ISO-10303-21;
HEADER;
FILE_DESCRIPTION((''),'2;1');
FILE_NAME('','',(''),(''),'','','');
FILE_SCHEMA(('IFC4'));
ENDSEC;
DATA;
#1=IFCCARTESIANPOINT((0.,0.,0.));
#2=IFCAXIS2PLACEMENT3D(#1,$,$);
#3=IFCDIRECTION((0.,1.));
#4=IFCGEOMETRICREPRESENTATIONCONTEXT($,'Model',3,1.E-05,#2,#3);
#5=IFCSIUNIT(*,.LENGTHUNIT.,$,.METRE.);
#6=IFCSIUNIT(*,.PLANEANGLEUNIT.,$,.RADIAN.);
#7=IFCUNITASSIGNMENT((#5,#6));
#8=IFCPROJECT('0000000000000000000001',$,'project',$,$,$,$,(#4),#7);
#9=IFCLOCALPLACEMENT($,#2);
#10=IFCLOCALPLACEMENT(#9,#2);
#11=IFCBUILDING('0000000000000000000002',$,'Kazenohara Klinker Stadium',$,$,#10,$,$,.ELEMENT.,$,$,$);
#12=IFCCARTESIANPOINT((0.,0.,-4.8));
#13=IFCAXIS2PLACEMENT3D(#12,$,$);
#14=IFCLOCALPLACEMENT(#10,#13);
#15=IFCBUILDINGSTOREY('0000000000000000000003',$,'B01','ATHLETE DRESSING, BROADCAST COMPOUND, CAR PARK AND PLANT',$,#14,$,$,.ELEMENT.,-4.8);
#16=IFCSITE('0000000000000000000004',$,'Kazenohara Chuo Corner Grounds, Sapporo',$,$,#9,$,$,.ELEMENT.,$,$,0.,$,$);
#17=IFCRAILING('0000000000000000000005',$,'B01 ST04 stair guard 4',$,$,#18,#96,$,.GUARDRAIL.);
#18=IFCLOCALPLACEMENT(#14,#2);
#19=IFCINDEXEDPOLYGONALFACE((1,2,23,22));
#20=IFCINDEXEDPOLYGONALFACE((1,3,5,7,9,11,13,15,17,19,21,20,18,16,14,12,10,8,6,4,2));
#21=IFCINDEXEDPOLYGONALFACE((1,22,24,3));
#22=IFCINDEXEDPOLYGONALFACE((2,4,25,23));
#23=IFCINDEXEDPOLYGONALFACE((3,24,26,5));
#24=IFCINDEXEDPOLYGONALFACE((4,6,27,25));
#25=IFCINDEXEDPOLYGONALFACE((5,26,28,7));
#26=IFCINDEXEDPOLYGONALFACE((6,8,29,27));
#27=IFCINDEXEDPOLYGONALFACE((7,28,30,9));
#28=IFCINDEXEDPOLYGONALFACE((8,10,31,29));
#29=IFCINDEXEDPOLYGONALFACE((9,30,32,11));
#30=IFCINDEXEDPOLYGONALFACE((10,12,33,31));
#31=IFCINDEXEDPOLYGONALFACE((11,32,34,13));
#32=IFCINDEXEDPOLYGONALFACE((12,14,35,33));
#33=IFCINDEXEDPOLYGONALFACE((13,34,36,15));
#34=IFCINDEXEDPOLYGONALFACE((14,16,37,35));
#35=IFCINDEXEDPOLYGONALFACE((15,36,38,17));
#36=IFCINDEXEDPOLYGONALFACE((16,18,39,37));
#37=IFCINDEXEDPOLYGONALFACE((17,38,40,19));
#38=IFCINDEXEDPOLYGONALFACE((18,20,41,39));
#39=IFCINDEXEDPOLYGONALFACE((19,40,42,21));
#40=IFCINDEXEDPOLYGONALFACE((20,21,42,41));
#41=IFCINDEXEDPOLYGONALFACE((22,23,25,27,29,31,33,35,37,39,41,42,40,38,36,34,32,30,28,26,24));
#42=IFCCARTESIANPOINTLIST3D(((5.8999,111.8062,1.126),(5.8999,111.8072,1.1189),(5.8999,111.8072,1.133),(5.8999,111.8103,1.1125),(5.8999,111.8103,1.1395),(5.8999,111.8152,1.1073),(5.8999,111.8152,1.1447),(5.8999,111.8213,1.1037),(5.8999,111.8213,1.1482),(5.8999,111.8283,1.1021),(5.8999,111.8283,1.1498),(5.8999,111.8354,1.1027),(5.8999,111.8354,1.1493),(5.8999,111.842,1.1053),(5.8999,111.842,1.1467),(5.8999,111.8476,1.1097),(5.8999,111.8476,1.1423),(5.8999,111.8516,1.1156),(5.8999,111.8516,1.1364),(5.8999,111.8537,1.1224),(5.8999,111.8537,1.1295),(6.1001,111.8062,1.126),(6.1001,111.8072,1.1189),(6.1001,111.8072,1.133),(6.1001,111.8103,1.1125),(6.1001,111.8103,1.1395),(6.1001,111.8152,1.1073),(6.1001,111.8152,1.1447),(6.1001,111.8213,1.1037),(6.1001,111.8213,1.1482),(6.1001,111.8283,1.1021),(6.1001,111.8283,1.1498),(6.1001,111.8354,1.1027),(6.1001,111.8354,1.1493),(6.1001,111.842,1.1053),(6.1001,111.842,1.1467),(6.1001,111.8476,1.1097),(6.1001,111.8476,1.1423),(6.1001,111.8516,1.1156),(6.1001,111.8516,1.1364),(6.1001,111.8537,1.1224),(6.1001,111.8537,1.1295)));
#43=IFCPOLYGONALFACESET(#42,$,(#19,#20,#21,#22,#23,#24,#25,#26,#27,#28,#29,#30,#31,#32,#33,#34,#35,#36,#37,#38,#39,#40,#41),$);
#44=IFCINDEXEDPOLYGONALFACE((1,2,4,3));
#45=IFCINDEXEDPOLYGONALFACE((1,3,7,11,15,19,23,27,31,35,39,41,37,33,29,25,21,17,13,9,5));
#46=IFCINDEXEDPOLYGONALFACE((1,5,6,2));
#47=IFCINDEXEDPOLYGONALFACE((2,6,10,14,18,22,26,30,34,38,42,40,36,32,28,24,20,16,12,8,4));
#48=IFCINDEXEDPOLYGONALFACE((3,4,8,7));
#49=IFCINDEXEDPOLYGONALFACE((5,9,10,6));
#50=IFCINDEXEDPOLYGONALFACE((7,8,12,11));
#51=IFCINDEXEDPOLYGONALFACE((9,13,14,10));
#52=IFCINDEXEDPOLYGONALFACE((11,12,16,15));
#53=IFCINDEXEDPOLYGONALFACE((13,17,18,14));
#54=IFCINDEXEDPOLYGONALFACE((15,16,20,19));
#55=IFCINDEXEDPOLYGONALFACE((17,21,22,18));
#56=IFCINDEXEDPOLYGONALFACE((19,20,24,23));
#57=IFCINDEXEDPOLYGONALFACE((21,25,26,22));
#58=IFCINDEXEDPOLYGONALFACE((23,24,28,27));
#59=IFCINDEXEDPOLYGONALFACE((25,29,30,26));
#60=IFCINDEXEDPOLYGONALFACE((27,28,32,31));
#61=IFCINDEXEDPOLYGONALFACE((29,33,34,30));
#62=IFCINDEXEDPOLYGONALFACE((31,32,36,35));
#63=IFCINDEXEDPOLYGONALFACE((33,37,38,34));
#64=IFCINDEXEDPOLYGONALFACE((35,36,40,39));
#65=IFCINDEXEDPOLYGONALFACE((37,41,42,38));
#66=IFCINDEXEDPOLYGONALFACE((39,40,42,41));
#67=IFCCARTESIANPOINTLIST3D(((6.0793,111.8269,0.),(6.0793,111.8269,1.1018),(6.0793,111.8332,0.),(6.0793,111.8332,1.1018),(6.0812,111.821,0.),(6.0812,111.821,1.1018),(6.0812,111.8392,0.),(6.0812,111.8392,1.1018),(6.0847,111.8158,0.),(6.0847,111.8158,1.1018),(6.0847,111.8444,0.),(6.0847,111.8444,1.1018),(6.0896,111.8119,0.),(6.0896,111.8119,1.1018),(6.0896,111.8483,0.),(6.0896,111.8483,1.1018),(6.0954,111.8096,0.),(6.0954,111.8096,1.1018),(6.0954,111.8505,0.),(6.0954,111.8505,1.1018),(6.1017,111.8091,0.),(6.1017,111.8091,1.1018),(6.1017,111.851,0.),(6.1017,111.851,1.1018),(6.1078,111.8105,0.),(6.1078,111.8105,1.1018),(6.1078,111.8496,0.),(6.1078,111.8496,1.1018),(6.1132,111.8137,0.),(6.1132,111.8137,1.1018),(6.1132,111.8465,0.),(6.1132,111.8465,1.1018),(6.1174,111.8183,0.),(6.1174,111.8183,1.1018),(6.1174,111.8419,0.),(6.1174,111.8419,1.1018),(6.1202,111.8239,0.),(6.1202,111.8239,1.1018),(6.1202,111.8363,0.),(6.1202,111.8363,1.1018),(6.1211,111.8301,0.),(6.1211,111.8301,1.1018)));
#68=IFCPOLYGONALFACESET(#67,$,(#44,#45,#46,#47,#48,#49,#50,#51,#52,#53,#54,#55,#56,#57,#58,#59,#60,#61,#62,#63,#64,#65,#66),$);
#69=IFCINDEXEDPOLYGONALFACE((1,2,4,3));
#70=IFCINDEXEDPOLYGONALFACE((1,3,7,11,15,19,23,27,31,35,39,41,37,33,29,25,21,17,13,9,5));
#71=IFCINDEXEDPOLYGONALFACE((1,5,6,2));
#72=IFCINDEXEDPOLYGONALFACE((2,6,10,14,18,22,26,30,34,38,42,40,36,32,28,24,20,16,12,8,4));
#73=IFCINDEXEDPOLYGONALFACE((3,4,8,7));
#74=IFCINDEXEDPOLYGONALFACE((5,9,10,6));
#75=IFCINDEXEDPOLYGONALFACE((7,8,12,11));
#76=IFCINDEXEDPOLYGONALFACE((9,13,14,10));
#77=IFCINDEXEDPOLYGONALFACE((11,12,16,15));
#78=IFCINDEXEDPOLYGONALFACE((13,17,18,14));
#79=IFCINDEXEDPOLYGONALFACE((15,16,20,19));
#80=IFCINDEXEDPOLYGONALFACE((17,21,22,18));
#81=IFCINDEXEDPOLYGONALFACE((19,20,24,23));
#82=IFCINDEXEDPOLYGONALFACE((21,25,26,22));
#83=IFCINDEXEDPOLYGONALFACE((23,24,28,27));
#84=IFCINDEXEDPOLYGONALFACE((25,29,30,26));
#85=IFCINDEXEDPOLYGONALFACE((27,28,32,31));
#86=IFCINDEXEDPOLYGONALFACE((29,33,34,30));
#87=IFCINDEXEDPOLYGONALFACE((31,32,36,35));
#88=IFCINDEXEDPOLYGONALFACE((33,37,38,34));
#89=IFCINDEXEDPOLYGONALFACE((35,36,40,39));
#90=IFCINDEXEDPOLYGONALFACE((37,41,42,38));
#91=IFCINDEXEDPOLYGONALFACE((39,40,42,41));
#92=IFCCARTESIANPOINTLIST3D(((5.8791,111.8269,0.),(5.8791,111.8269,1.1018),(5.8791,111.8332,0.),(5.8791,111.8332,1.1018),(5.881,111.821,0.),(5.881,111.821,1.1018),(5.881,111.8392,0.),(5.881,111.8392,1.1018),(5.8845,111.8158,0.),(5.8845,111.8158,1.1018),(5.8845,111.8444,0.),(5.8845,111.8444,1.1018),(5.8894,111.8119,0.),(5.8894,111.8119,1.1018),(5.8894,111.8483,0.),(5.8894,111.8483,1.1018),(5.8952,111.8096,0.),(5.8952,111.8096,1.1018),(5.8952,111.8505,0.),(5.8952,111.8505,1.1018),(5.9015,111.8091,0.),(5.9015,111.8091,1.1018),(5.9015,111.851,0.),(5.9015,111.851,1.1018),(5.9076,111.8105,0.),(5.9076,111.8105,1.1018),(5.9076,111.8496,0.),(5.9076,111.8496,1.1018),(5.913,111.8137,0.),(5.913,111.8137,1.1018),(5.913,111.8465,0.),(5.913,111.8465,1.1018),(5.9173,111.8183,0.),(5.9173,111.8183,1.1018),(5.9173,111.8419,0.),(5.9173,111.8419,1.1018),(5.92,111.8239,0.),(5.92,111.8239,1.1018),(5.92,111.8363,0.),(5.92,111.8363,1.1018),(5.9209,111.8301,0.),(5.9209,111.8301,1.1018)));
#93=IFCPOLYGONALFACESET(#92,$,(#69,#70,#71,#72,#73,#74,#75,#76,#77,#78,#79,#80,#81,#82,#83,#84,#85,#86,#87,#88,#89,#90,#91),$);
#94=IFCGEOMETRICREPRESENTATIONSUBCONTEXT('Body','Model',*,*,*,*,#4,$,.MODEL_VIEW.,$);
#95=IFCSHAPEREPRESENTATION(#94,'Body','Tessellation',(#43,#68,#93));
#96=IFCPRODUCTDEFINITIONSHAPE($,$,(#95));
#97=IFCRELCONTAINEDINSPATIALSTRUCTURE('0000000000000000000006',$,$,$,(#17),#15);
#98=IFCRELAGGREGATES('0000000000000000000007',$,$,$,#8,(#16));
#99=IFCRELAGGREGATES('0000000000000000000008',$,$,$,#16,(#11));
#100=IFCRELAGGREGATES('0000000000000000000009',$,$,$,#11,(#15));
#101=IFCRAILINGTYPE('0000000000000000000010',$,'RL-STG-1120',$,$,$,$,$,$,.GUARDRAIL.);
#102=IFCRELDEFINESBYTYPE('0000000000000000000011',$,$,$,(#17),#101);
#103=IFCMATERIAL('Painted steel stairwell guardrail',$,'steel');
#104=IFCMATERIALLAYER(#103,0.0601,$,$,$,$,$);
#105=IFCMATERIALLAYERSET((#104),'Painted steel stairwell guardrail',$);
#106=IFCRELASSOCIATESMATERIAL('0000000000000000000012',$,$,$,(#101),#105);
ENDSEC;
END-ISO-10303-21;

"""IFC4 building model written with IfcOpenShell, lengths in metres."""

from ifc_helpers import new_model, si_unit, direction, frame, origin, origin_2d, place, context, subcontext, project, spatial, circle, extrude, material, layer, layer_set, type_object, element, save


model = new_model("IFC4")

# Units and contexts
model_context = context("Model", 3, precision=1e-05, world=origin(), true_north=direction((0.0, 1.0)))
body_context = subcontext(model_context, "Body", "Model", "MODEL_VIEW")
ifc_project = project(units=[si_unit("LENGTHUNIT", "METRE"), si_unit("PLANEANGLEUNIT", "RADIAN")], contexts=[model_context])

# Site, building, storey
site_placement = place(None, origin())
site = spatial("IfcSite", under=ifc_project, at=site_placement, Name="Kazenohara Chuo Corner Grounds, Sapporo", CompositionType="ELEMENT", RefElevation=0.0)
building_placement = place(site_placement, origin())
building = spatial("IfcBuilding", under=site, at=building_placement, Name="Kazenohara Klinker Stadium", CompositionType="ELEMENT")
storey_placement = place(building_placement, frame((0.0, 0.0, -4.8)))
storey = spatial("IfcBuildingStorey", under=building, at=storey_placement, Name="B01", Description="ATHLETE DRESSING, BROADCAST COMPOUND, CAR PARK AND PLANT", CompositionType="ELEMENT", Elevation=-4.8)

# Railing
ifc_material_1 = material(Name="Painted steel stairwell guardrail", Category="steel")
ifc_layer_1 = layer(ifc_material_1, 0.0601)
ifc_layer_set_1 = layer_set([ifc_layer_1], Name="Painted steel stairwell guardrail")
railing_type_1 = type_object("IfcRailingType", Name="RL-STG-1120", PredefinedType="GUARDRAIL", material=ifc_layer_set_1)
railing_1_placement = place(storey_placement, frame((6.1001, 111.8301, 0.0)))
element("IfcRailing", 1, at=railing_1_placement, inside=storey, type_object=railing_type_1, Name="B01 ST04 stair guard 4", PredefinedType="GUARDRAIL", context=body_context, shape_type="SweptSolid", body=[
    extrude(circle(Radius=0.0239, at=origin_2d()), frame((0.0, 0.0, 1.126), z_axis=(-1.0, 0.0, 0.0), x_axis=(0.0, -1.0, 0.0)), (0.0, 0.0, 1.0), 0.2002),
    extrude(circle(Radius=0.021, at=origin_2d()), origin(), (0.0, 0.0, 1.0), 1.1018),
    extrude(circle(Radius=0.021, at=origin_2d()), frame((-0.2002, 0.0, 0.0)), (0.0, 0.0, 1.0), 1.1018),
])

save(model, "model.ifc")
